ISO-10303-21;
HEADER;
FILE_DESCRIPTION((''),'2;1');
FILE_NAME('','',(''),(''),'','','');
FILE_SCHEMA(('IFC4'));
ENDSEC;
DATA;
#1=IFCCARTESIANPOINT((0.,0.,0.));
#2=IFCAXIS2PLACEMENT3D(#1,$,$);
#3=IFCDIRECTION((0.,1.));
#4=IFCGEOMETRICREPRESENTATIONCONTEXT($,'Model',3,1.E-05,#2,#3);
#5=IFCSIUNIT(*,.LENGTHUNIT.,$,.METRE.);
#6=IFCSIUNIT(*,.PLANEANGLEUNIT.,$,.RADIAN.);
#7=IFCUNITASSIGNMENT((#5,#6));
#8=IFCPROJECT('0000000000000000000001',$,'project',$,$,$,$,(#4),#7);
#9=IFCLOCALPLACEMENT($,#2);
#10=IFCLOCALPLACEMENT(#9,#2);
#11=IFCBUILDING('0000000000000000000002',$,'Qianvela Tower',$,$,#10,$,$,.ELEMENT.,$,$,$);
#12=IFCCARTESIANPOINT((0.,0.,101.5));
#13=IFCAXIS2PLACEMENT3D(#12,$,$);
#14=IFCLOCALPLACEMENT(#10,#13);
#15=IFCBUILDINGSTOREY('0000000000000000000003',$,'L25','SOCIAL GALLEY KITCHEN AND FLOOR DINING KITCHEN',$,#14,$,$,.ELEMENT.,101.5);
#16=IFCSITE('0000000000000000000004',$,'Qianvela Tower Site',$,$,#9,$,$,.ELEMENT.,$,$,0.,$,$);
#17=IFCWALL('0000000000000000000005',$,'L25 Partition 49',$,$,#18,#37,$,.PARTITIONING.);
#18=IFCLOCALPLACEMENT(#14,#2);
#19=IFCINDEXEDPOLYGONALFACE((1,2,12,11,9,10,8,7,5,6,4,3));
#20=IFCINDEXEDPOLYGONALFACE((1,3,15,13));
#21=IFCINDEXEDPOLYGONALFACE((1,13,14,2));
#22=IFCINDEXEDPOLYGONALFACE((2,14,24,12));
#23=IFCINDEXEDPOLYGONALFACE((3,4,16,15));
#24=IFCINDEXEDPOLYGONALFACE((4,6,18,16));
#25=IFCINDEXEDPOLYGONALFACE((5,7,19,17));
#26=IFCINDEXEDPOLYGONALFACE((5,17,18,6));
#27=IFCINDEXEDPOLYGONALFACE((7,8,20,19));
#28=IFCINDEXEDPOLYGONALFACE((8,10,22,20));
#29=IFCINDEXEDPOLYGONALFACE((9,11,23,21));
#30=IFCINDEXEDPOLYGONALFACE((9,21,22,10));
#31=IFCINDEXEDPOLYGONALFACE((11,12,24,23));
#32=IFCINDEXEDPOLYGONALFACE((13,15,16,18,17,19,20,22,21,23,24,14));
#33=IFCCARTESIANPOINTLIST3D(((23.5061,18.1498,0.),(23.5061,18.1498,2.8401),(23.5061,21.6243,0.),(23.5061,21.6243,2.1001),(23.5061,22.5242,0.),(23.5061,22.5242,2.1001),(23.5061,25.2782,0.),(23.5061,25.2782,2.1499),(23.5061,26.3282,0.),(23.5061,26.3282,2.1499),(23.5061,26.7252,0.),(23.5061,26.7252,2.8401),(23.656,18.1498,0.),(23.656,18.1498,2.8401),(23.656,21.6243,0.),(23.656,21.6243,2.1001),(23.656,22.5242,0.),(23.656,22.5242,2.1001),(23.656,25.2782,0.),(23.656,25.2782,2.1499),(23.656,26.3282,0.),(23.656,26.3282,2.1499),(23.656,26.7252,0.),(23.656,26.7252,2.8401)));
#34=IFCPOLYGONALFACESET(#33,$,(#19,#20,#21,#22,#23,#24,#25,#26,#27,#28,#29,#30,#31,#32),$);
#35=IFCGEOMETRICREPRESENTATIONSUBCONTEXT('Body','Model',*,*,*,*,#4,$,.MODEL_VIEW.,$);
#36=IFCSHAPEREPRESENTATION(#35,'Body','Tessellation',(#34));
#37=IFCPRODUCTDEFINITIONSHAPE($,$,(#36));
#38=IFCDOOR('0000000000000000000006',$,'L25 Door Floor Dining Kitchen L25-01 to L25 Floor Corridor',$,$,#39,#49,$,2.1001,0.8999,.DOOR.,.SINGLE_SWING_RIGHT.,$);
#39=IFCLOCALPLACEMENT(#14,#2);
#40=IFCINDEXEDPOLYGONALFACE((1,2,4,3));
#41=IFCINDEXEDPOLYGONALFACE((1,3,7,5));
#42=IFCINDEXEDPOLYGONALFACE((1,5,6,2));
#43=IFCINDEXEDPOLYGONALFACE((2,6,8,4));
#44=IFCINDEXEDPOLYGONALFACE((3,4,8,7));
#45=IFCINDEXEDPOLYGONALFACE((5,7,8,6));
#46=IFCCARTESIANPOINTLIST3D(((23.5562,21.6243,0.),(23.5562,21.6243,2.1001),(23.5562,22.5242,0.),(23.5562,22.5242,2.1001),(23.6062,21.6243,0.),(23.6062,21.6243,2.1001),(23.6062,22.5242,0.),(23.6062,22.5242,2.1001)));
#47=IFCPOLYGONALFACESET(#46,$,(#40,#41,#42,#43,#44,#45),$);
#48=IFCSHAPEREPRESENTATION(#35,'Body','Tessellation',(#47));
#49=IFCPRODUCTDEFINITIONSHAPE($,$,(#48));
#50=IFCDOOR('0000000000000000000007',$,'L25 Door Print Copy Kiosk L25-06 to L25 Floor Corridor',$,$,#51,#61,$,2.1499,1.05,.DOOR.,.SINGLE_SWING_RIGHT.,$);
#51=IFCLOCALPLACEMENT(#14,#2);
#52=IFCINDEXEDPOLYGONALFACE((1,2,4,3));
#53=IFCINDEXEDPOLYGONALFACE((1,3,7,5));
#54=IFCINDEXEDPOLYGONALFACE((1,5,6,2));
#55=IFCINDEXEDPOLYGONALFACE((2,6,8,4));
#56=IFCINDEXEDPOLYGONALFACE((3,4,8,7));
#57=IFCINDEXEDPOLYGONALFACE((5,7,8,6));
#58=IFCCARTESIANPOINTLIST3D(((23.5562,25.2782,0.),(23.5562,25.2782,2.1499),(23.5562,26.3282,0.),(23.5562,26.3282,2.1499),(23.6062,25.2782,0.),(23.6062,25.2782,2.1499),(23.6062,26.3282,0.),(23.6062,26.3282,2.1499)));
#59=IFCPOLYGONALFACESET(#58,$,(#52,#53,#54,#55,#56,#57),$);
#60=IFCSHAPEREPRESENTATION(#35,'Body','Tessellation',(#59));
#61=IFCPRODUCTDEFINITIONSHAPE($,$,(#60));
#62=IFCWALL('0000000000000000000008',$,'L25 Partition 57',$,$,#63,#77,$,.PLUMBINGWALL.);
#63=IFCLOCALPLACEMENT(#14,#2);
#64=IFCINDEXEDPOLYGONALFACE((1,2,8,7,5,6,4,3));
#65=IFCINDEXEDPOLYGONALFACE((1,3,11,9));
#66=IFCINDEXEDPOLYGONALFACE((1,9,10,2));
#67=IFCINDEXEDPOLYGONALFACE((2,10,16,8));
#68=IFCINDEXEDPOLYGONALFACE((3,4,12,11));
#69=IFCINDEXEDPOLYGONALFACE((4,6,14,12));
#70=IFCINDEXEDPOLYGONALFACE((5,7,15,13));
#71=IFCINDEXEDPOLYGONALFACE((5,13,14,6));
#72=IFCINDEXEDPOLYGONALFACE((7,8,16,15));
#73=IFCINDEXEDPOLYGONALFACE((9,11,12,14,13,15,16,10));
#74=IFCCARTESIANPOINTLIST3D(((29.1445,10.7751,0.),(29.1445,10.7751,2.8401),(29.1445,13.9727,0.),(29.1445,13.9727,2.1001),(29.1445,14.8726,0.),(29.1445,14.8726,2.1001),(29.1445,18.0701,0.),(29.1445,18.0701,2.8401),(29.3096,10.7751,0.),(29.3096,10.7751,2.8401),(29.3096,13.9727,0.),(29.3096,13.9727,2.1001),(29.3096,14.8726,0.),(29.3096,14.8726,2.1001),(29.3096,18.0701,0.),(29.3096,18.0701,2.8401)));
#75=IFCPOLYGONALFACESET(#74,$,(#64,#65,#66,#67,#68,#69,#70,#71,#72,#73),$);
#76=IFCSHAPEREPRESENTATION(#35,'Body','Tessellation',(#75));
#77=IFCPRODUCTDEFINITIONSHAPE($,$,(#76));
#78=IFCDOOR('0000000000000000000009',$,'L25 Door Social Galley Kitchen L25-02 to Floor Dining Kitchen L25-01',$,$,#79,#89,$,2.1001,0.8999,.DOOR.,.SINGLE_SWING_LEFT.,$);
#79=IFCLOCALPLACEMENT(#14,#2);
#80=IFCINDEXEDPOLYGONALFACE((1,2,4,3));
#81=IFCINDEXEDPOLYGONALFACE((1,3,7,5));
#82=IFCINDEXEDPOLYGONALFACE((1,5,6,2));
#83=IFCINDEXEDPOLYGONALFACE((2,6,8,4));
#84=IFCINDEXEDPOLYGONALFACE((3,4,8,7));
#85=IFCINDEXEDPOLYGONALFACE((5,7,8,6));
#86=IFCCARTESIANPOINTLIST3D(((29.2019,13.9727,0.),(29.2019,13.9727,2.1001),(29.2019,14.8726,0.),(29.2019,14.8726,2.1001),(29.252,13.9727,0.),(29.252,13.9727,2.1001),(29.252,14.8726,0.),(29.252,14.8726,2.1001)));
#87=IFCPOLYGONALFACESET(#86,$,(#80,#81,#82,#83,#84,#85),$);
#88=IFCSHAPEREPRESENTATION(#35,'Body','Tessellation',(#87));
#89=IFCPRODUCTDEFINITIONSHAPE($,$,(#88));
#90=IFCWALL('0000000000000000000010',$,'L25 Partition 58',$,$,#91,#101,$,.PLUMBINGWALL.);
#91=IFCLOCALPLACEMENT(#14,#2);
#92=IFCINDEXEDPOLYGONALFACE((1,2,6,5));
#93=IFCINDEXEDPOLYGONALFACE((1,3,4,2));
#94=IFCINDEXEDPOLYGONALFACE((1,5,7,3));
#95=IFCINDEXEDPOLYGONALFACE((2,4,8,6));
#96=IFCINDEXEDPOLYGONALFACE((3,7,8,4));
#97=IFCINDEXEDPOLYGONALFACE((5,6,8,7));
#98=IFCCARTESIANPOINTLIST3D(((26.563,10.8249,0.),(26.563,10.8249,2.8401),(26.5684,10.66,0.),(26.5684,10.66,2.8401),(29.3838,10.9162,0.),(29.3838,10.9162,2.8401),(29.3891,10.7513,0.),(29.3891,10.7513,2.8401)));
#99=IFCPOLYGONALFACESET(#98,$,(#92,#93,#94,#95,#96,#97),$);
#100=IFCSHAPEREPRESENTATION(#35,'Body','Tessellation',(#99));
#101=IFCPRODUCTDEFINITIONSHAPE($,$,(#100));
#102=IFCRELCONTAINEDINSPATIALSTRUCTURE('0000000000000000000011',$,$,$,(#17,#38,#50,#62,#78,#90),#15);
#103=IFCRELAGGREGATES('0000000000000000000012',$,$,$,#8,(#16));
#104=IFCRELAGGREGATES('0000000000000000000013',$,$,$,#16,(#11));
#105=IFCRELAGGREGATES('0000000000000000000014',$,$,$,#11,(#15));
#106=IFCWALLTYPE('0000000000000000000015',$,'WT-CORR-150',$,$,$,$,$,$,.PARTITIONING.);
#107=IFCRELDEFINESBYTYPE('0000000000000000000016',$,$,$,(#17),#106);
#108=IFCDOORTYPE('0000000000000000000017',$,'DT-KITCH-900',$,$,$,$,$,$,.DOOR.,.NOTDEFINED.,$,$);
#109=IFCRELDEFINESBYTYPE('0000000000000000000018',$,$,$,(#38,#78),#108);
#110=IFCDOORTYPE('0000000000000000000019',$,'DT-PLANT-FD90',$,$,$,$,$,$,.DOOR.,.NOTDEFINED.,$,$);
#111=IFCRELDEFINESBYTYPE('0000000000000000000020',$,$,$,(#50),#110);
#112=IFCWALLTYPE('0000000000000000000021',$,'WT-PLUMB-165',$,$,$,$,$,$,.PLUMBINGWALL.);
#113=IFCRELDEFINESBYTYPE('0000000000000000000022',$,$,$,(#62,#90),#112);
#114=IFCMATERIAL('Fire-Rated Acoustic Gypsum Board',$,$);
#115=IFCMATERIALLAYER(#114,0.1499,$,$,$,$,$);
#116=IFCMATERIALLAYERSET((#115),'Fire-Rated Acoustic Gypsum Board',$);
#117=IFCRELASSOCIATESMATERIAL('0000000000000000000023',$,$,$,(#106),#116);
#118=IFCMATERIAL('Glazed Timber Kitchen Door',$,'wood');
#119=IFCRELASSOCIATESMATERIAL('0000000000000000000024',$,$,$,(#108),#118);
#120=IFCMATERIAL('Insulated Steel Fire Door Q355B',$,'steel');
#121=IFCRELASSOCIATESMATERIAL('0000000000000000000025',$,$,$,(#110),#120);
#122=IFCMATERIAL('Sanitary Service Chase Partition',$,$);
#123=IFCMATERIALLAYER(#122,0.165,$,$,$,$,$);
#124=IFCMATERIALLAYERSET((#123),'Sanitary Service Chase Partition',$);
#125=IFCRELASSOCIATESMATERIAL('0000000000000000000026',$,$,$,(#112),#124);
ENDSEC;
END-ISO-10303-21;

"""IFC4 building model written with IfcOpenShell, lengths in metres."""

from ifc_helpers import new_model, si_unit, direction, frame, frame_2d, origin, place, context, subcontext, project, spatial, rectangle, extrude, material, layer, layer_set, type_object, element, fill, save


model = new_model("IFC4")

# Units and contexts
model_context = context("Model", 3, precision=1e-05, world=origin(), true_north=direction((0.0, 1.0)))
body_context = subcontext(model_context, "Body", "Model", "MODEL_VIEW")
ifc_project = project(units=[si_unit("LENGTHUNIT", "METRE"), si_unit("PLANEANGLEUNIT", "RADIAN")], contexts=[model_context])

# Site, building, storey
site_placement = place(None, origin())
site = spatial("IfcSite", under=ifc_project, at=site_placement, Name="Qianvela Tower Site", CompositionType="ELEMENT", RefElevation=0.0)
building_placement = place(site_placement, origin())
building = spatial("IfcBuilding", under=site, at=building_placement, Name="Qianvela Tower", CompositionType="ELEMENT")
storey_placement = place(building_placement, frame((0.0, 0.0, 101.5)))
storey = spatial("IfcBuildingStorey", under=building, at=storey_placement, Name="L25", Description="SOCIAL GALLEY KITCHEN AND FLOOR DINING KITCHEN", CompositionType="ELEMENT", Elevation=101.5)

# Wall, openings, doors
ifc_material_1 = material(Name="Fire-Rated Acoustic Gypsum Board")
ifc_layer_1 = layer(ifc_material_1, 0.1499)
ifc_layer_set_1 = layer_set([ifc_layer_1], Name="Fire-Rated Acoustic Gypsum Board")
wall_type_1 = type_object("IfcWallType", Name="WT-CORR-150", PredefinedType="PARTITIONING", material=ifc_layer_set_1)
wall_1_placement = place(storey_placement, frame((23.5811, 18.1499, 0.0), z_axis=(0.0, 0.0, 1.0), x_axis=(0.0, 1.0, 0.0)))
wall_1 = element("IfcWall", 1, at=wall_1_placement, inside=storey, type_object=wall_type_1, Name="L25 Partition 49", PredefinedType="PARTITIONING", context=body_context, shape_type="SweptSolid", body=[
    extrude(rectangle(XDim=8.5754, YDim=0.1499, at=frame_2d((4.2876, 0.0))), origin(), (0.0, 0.0, 1.0), 2.8401),
])
opening_1_placement = place(wall_1_placement, frame((3.4744, 0.0, 0.0)))
opening_1 = element("IfcOpeningElement", 2, at=opening_1_placement, cuts=wall_1, PredefinedType="OPENING", context=body_context, shape_type="SweptSolid", body=[
    extrude(rectangle(XDim=0.8999, YDim=2.1001, at=frame_2d((0.45, 1.05))), frame((0.0, 0.085, 0.0), z_axis=(0.0, -1.0, 0.0), x_axis=(1.0, 0.0, 0.0)), (0.0, 0.0, 1.0), 0.1699),
])
opening_2_placement = place(wall_1_placement, frame((7.1284, 0.0, 0.0)))
opening_2 = element("IfcOpeningElement", 3, at=opening_2_placement, cuts=wall_1, PredefinedType="OPENING", context=body_context, shape_type="SweptSolid", body=[
    extrude(rectangle(XDim=1.05, YDim=2.1499, at=frame_2d((0.5249, 1.075))), frame((0.0, 0.085, 0.0), z_axis=(0.0, -1.0, 0.0), x_axis=(1.0, 0.0, 0.0)), (0.0, 0.0, 1.0), 0.1699),
])
ifc_material_2 = material(Name="Glazed Timber Kitchen Door", Category="wood")
door_type_1 = type_object("IfcDoorType", Name="DT-KITCH-900", OperationType="NOTDEFINED", PredefinedType="DOOR", material=ifc_material_2)
door_1_placement = place(opening_1_placement, origin())
door_1 = element("IfcDoor", 4, at=door_1_placement, inside=storey, type_object=door_type_1, Name="L25 Door Floor Dining Kitchen L25-01 to L25 Floor Corridor", OperationType="SINGLE_SWING_RIGHT", OverallHeight=2.1001, OverallWidth=0.8999, PredefinedType="DOOR", context=body_context, shape_type="SweptSolid", body=[
    extrude(rectangle(XDim=0.8999, YDim=2.1001, at=frame_2d((0.45, 1.05))), frame((0.0, 0.0249, 0.0), z_axis=(0.0, -1.0, 0.0), x_axis=(1.0, 0.0, 0.0)), (0.0, 0.0, 1.0), 0.05),
])
fill(opening_1, door_1)
ifc_material_3 = material(Name="Insulated Steel Fire Door Q355B", Category="steel")
door_type_2 = type_object("IfcDoorType", Name="DT-PLANT-FD90", OperationType="NOTDEFINED", PredefinedType="DOOR", material=ifc_material_3)
door_2_placement = place(opening_2_placement, origin())
door_2 = element("IfcDoor", 5, at=door_2_placement, inside=storey, type_object=door_type_2, Name="L25 Door Print Copy Kiosk L25-06 to L25 Floor Corridor", OperationType="SINGLE_SWING_RIGHT", OverallHeight=2.1499, OverallWidth=1.05, PredefinedType="DOOR", context=body_context, shape_type="SweptSolid", body=[
    extrude(rectangle(XDim=1.05, YDim=2.1499, at=frame_2d((0.5249, 1.075))), frame((0.0, 0.0249, 0.0), z_axis=(0.0, -1.0, 0.0), x_axis=(1.0, 0.0, 0.0)), (0.0, 0.0, 1.0), 0.05),
])
fill(opening_2, door_2)

# Wall, opening, door
ifc_material_4 = material(Name="Sanitary Service Chase Partition")
ifc_layer_2 = layer(ifc_material_4, 0.165)
ifc_layer_set_2 = layer_set([ifc_layer_2], Name="Sanitary Service Chase Partition")
wall_type_2 = type_object("IfcWallType", Name="WT-PLUMB-165", PredefinedType="PLUMBINGWALL", material=ifc_layer_set_2)
wall_2_placement = place(storey_placement, frame((29.2271, 18.0701, 0.0), z_axis=(0.0, 0.0, 1.0), x_axis=(0.0, -1.0, 0.0)))
wall_2 = element("IfcWall", 6, at=wall_2_placement, inside=storey, type_object=wall_type_2, Name="L25 Partition 57", PredefinedType="PLUMBINGWALL", context=body_context, shape_type="SweptSolid", body=[
    extrude(rectangle(XDim=7.2949, YDim=0.165, at=frame_2d((3.6475, 0.0))), origin(), (0.0, 0.0, 1.0), 2.8401),
])
opening_3_placement = place(wall_2_placement, frame((3.1975, 0.0, 0.0)))
opening_3 = element("IfcOpeningElement", 7, at=opening_3_placement, cuts=wall_2, PredefinedType="OPENING", context=body_context, shape_type="SweptSolid", body=[
    extrude(rectangle(XDim=0.8999, YDim=2.1001, at=frame_2d((0.45, 1.05))), frame((0.0, 0.0925, 0.0), z_axis=(0.0, -1.0, 0.0), x_axis=(1.0, 0.0, 0.0)), (0.0, 0.0, 1.0), 0.1851),
])
door_3_placement = place(opening_3_placement, origin())
door_3 = element("IfcDoor", 8, at=door_3_placement, inside=storey, type_object=door_type_1, Name="L25 Door Social Galley Kitchen L25-02 to Floor Dining Kitchen L25-01", OperationType="SINGLE_SWING_LEFT", OverallHeight=2.1001, OverallWidth=0.8999, PredefinedType="DOOR", context=body_context, shape_type="SweptSolid", body=[
    extrude(rectangle(XDim=0.8999, YDim=2.1001, at=frame_2d((0.45, 1.05))), frame((0.0, 0.0249, 0.0), z_axis=(0.0, -1.0, 0.0), x_axis=(1.0, 0.0, 0.0)), (0.0, 0.0, 1.0), 0.05),
])
fill(opening_3, door_3)

# Wall
wall_3_placement = place(storey_placement, frame((29.3865, 10.8337, 0.0), z_axis=(0.0, 0.0, 1.0), x_axis=(-0.999477, -0.032353, 0.0)))
element("IfcWall", 9, at=wall_3_placement, inside=storey, type_object=wall_type_2, Name="L25 Partition 58", PredefinedType="PLUMBINGWALL", context=body_context, shape_type="SweptSolid", body=[
    extrude(rectangle(XDim=2.8223, YDim=0.165, at=frame_2d((1.4111, 0.0))), origin(), (0.0, 0.0, 1.0), 2.8401),
])

save(model, "model.ifc")
